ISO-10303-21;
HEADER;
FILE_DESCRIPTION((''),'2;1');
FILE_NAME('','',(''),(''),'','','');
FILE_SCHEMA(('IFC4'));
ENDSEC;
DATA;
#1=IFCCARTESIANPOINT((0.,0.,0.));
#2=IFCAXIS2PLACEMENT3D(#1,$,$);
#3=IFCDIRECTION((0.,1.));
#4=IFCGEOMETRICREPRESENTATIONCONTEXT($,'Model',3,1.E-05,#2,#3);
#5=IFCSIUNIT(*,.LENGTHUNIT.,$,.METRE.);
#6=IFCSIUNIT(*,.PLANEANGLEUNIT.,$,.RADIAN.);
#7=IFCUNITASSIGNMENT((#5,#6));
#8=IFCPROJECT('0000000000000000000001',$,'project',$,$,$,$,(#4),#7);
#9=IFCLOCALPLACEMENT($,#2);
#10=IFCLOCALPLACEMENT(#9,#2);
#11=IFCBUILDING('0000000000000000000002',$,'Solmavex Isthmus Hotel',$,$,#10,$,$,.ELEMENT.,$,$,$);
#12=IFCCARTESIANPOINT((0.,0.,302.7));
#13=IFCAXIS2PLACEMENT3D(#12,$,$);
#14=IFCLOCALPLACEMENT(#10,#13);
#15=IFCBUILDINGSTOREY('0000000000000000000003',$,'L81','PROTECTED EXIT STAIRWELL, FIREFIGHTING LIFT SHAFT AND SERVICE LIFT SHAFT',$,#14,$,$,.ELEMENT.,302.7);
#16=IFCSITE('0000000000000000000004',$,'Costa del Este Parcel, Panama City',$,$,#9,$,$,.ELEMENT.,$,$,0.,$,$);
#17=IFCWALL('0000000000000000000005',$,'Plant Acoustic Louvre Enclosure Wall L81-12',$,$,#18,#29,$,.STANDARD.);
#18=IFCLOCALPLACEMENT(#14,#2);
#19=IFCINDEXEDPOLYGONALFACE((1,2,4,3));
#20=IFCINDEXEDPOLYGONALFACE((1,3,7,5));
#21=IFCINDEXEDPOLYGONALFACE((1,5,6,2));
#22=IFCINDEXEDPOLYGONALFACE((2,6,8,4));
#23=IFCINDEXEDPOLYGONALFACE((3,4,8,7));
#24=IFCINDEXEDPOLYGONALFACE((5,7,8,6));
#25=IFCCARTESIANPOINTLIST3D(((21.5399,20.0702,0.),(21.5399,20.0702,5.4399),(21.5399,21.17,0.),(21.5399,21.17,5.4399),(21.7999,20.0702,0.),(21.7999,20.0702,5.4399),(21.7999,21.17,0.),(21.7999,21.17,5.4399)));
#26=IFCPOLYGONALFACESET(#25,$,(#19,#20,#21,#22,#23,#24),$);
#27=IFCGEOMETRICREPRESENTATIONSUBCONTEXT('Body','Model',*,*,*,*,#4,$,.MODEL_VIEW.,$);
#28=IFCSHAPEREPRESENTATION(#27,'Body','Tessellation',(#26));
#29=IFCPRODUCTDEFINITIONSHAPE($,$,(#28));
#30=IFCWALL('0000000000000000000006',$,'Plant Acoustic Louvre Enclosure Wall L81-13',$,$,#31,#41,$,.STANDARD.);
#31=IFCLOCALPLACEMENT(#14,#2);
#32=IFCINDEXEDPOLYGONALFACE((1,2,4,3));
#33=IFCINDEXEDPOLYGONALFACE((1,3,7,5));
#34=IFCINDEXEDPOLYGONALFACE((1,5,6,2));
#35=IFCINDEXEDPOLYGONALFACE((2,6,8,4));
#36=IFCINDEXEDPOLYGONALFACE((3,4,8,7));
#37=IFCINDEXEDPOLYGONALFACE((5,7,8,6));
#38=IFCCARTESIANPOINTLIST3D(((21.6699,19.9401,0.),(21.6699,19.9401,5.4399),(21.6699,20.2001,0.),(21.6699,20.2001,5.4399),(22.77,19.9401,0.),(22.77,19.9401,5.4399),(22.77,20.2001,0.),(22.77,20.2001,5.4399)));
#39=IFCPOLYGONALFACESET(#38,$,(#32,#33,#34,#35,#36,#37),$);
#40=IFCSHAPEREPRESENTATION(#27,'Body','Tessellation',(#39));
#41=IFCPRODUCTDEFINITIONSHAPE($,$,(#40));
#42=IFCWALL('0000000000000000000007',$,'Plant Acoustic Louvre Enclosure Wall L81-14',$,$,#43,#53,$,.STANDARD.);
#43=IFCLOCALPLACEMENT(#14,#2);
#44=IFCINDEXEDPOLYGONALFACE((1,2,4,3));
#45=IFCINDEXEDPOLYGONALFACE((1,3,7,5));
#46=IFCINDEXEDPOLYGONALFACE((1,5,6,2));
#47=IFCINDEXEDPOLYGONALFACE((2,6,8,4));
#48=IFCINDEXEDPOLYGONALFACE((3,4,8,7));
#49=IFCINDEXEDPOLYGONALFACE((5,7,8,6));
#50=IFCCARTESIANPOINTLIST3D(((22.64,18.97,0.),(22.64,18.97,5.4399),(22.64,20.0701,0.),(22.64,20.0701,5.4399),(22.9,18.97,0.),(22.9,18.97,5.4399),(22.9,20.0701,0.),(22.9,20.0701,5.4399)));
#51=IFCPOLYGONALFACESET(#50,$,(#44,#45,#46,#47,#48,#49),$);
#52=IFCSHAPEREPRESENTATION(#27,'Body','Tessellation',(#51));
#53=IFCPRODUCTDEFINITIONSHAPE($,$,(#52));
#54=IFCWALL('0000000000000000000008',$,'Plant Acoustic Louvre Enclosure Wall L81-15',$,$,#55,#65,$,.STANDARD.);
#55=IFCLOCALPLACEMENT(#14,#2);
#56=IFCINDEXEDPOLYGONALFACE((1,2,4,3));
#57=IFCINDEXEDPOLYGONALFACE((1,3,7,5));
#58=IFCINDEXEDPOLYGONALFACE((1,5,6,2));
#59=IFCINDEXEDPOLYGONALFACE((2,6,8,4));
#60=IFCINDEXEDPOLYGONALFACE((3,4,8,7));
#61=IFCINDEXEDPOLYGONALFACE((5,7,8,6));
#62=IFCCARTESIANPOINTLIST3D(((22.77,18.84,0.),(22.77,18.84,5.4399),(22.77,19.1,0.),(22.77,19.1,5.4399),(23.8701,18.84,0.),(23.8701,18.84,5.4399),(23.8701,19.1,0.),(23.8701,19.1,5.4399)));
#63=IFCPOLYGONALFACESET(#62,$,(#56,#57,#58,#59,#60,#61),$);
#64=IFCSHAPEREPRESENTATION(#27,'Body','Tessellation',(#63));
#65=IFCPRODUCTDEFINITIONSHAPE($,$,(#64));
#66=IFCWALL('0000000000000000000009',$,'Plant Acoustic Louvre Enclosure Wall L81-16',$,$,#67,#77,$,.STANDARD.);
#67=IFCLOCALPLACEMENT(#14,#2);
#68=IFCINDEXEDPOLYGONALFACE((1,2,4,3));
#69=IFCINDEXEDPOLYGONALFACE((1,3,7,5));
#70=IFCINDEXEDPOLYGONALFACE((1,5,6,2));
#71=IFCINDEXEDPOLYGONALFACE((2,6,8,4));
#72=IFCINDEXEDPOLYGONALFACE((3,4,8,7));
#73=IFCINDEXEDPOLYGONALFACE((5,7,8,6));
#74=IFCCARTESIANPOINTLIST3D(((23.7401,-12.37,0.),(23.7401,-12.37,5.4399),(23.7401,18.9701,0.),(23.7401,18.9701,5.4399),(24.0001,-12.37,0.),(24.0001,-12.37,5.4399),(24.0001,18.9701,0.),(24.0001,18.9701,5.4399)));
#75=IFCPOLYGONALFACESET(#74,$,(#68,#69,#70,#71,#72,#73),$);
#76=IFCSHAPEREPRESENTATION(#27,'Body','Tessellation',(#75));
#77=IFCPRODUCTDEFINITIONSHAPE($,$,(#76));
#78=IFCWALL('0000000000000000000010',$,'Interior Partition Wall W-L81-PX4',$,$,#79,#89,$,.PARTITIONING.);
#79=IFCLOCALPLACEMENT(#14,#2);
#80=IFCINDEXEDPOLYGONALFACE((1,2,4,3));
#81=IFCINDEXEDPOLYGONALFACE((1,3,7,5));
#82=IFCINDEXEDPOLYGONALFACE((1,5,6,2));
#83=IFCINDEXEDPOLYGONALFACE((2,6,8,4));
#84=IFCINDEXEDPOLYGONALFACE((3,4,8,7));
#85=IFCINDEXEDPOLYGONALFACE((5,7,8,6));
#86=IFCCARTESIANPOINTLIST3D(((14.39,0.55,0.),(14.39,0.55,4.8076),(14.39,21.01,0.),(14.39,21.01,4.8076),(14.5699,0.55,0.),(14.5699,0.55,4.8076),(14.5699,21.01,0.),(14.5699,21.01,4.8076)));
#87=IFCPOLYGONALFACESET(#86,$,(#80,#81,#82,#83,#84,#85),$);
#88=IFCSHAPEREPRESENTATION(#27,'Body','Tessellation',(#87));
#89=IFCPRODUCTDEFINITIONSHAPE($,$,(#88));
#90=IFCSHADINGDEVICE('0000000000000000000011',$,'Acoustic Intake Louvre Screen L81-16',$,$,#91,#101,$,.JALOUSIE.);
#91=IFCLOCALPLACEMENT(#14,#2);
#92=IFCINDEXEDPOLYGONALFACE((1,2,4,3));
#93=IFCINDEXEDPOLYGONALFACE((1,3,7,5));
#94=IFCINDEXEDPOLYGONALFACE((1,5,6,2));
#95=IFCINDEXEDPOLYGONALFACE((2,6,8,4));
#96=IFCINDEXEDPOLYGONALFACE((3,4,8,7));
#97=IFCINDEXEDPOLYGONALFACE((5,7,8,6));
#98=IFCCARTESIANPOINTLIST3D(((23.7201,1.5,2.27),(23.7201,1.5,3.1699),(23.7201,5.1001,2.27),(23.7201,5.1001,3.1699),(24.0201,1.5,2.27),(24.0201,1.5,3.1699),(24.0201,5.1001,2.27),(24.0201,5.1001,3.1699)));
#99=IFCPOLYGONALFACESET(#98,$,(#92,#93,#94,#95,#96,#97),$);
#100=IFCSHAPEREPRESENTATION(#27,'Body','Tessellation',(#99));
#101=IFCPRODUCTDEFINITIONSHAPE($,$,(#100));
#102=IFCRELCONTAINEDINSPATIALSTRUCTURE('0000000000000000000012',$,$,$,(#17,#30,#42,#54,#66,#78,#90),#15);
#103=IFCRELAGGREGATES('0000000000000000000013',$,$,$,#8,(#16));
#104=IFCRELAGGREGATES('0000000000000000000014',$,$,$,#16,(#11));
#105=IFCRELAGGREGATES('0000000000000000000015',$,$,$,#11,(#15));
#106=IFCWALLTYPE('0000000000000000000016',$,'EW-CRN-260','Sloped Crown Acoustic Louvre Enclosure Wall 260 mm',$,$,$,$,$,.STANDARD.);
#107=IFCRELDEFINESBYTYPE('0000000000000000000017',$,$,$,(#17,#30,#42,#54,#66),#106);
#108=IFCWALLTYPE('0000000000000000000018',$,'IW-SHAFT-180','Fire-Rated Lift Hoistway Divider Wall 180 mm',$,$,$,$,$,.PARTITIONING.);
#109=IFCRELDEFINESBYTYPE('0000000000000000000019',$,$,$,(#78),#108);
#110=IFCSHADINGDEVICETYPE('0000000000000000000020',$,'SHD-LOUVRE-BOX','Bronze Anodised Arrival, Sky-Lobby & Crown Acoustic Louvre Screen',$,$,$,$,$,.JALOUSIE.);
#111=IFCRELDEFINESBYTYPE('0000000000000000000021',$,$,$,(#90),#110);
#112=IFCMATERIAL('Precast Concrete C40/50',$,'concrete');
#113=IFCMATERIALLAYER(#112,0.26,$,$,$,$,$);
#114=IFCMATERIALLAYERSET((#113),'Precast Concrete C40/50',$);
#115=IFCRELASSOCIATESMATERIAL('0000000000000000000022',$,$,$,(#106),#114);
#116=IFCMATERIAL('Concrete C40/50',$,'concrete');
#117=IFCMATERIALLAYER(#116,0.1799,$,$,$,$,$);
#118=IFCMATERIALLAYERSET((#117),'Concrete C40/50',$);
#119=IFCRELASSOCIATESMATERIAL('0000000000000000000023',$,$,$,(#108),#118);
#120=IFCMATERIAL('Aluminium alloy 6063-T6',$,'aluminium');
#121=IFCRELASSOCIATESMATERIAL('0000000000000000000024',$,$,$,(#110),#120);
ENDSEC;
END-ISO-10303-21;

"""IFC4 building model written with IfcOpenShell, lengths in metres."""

from ifc_helpers import new_model, si_unit, direction, frame, frame_2d, origin, origin_2d, place, context, subcontext, project, spatial, rectangle, extrude, material, layer, layer_set, type_object, element, save


model = new_model("IFC4")

# Units and contexts
model_context = context("Model", 3, precision=1e-05, world=origin(), true_north=direction((0.0, 1.0)))
body_context = subcontext(model_context, "Body", "Model", "MODEL_VIEW")
ifc_project = project(units=[si_unit("LENGTHUNIT", "METRE"), si_unit("PLANEANGLEUNIT", "RADIAN")], contexts=[model_context])

# Site, building, storey
site_placement = place(None, origin())
site = spatial("IfcSite", under=ifc_project, at=site_placement, Name="Costa del Este Parcel, Panama City", CompositionType="ELEMENT", RefElevation=0.0)
building_placement = place(site_placement, origin())
building = spatial("IfcBuilding", under=site, at=building_placement, Name="Solmavex Isthmus Hotel", CompositionType="ELEMENT")
storey_placement = place(building_placement, frame((0.0, 0.0, 302.7)))
storey = spatial("IfcBuildingStorey", under=building, at=storey_placement, Name="L81", Description="PROTECTED EXIT STAIRWELL, FIREFIGHTING LIFT SHAFT AND SERVICE LIFT SHAFT", CompositionType="ELEMENT", Elevation=302.7)

# Walls
ifc_material_1 = material(Name="Precast Concrete C40/50", Category="concrete")
ifc_layer_1 = layer(ifc_material_1, 0.26)
ifc_layer_set_1 = layer_set([ifc_layer_1], Name="Precast Concrete C40/50")
wall_type_1 = type_object("IfcWallType", Name="EW-CRN-260", Description="Sloped Crown Acoustic Louvre Enclosure Wall 260 mm", PredefinedType="STANDARD", material=ifc_layer_set_1)
wall_1_placement = place(storey_placement, frame((21.6699, 21.1699, 0.0), z_axis=(0.0, 0.0, 1.0), x_axis=(0.0, -1.0, 0.0)))
element("IfcWall", 1, at=wall_1_placement, inside=storey, type_object=wall_type_1, Name="Plant Acoustic Louvre Enclosure Wall L81-12", PredefinedType="STANDARD", context=body_context, shape_type="SweptSolid", body=[
    extrude(rectangle(XDim=1.0999, YDim=0.26, at=frame_2d((0.5498, 0.0))), origin(), (0.0, 0.0, 1.0), 5.4399),
])
for number, where, z_axis, x_axis, name in (
    (2, (21.6699, 20.0701, 0.0), (0.0, 0.0, 1.0), (1.0, 0.0, 0.0), "Plant Acoustic Louvre Enclosure Wall L81-13"),
    (3, (22.77, 20.0701, 0.0), (0.0, 0.0, 1.0), (0.0, -1.0, 0.0), "Plant Acoustic Louvre Enclosure Wall L81-14"),
    (4, (22.77, 18.97, 0.0), (0.0, 0.0, 1.0), (1.0, 0.0, 0.0), "Plant Acoustic Louvre Enclosure Wall L81-15"),
):
    element("IfcWall", number, at=place(storey_placement, frame(where, z_axis=z_axis, x_axis=x_axis)), inside=storey, type_object=wall_type_1, Name=name, PredefinedType="STANDARD", context=body_context, shape_type="SweptSolid", body=[
        extrude(rectangle(XDim=1.1001, YDim=0.26, at=frame_2d((0.55, 0.0))), origin(), (0.0, 0.0, 1.0), 5.4399),
    ])
wall_2_placement = place(storey_placement, frame((23.8701, 18.97, 0.0), z_axis=(0.0, 0.0, 1.0), x_axis=(0.0, -1.0, 0.0)))
element("IfcWall", 5, at=wall_2_placement, inside=storey, type_object=wall_type_1, Name="Plant Acoustic Louvre Enclosure Wall L81-16", PredefinedType="STANDARD", context=body_context, shape_type="SweptSolid", body=[
    extrude(rectangle(XDim=31.3401, YDim=0.26, at=frame_2d((15.6699, 0.0))), origin(), (0.0, 0.0, 1.0), 5.4399),
])
ifc_material_2 = material(Name="Concrete C40/50", Category="concrete")
ifc_layer_2 = layer(ifc_material_2, 0.1799)
ifc_layer_set_2 = layer_set([ifc_layer_2], Name="Concrete C40/50")
wall_type_2 = type_object("IfcWallType", Name="IW-SHAFT-180", Description="Fire-Rated Lift Hoistway Divider Wall 180 mm", PredefinedType="PARTITIONING", material=ifc_layer_set_2)
wall_3_placement = place(storey_placement, frame((14.48, 0.55, 0.0), z_axis=(0.0, 0.0, 1.0), x_axis=(0.0, 1.0, 0.0)))
element("IfcWall", 6, at=wall_3_placement, inside=storey, type_object=wall_type_2, Name="Interior Partition Wall W-L81-PX4", PredefinedType="PARTITIONING", context=body_context, shape_type="SweptSolid", body=[
    extrude(rectangle(XDim=20.46, YDim=0.1799, at=frame_2d((10.23, 0.0))), origin(), (0.0, 0.0, 1.0), 4.8076),
])

# Shading device
ifc_material_3 = material(Name="Aluminium alloy 6063-T6", Category="aluminium")
shading_device_type = type_object("IfcShadingDeviceType", Name="SHD-LOUVRE-BOX", Description="Bronze Anodised Arrival, Sky-Lobby & Crown Acoustic Louvre Screen", PredefinedType="JALOUSIE", material=ifc_material_3)
shading_device_placement = place(storey_placement, frame((23.8701, 3.3, 2.27), z_axis=(0.0, 0.0, 1.0), x_axis=(0.0, -1.0, 0.0)))
element("IfcShadingDevice", 7, at=shading_device_placement, inside=storey, type_object=shading_device_type, Name="Acoustic Intake Louvre Screen L81-16", PredefinedType="JALOUSIE", context=body_context, shape_type="SweptSolid", body=[
    extrude(rectangle(XDim=3.6001, YDim=0.3, at=origin_2d()), origin(), (0.0, 0.0, 1.0), 0.8999),
])

save(model, "model.ifc")
